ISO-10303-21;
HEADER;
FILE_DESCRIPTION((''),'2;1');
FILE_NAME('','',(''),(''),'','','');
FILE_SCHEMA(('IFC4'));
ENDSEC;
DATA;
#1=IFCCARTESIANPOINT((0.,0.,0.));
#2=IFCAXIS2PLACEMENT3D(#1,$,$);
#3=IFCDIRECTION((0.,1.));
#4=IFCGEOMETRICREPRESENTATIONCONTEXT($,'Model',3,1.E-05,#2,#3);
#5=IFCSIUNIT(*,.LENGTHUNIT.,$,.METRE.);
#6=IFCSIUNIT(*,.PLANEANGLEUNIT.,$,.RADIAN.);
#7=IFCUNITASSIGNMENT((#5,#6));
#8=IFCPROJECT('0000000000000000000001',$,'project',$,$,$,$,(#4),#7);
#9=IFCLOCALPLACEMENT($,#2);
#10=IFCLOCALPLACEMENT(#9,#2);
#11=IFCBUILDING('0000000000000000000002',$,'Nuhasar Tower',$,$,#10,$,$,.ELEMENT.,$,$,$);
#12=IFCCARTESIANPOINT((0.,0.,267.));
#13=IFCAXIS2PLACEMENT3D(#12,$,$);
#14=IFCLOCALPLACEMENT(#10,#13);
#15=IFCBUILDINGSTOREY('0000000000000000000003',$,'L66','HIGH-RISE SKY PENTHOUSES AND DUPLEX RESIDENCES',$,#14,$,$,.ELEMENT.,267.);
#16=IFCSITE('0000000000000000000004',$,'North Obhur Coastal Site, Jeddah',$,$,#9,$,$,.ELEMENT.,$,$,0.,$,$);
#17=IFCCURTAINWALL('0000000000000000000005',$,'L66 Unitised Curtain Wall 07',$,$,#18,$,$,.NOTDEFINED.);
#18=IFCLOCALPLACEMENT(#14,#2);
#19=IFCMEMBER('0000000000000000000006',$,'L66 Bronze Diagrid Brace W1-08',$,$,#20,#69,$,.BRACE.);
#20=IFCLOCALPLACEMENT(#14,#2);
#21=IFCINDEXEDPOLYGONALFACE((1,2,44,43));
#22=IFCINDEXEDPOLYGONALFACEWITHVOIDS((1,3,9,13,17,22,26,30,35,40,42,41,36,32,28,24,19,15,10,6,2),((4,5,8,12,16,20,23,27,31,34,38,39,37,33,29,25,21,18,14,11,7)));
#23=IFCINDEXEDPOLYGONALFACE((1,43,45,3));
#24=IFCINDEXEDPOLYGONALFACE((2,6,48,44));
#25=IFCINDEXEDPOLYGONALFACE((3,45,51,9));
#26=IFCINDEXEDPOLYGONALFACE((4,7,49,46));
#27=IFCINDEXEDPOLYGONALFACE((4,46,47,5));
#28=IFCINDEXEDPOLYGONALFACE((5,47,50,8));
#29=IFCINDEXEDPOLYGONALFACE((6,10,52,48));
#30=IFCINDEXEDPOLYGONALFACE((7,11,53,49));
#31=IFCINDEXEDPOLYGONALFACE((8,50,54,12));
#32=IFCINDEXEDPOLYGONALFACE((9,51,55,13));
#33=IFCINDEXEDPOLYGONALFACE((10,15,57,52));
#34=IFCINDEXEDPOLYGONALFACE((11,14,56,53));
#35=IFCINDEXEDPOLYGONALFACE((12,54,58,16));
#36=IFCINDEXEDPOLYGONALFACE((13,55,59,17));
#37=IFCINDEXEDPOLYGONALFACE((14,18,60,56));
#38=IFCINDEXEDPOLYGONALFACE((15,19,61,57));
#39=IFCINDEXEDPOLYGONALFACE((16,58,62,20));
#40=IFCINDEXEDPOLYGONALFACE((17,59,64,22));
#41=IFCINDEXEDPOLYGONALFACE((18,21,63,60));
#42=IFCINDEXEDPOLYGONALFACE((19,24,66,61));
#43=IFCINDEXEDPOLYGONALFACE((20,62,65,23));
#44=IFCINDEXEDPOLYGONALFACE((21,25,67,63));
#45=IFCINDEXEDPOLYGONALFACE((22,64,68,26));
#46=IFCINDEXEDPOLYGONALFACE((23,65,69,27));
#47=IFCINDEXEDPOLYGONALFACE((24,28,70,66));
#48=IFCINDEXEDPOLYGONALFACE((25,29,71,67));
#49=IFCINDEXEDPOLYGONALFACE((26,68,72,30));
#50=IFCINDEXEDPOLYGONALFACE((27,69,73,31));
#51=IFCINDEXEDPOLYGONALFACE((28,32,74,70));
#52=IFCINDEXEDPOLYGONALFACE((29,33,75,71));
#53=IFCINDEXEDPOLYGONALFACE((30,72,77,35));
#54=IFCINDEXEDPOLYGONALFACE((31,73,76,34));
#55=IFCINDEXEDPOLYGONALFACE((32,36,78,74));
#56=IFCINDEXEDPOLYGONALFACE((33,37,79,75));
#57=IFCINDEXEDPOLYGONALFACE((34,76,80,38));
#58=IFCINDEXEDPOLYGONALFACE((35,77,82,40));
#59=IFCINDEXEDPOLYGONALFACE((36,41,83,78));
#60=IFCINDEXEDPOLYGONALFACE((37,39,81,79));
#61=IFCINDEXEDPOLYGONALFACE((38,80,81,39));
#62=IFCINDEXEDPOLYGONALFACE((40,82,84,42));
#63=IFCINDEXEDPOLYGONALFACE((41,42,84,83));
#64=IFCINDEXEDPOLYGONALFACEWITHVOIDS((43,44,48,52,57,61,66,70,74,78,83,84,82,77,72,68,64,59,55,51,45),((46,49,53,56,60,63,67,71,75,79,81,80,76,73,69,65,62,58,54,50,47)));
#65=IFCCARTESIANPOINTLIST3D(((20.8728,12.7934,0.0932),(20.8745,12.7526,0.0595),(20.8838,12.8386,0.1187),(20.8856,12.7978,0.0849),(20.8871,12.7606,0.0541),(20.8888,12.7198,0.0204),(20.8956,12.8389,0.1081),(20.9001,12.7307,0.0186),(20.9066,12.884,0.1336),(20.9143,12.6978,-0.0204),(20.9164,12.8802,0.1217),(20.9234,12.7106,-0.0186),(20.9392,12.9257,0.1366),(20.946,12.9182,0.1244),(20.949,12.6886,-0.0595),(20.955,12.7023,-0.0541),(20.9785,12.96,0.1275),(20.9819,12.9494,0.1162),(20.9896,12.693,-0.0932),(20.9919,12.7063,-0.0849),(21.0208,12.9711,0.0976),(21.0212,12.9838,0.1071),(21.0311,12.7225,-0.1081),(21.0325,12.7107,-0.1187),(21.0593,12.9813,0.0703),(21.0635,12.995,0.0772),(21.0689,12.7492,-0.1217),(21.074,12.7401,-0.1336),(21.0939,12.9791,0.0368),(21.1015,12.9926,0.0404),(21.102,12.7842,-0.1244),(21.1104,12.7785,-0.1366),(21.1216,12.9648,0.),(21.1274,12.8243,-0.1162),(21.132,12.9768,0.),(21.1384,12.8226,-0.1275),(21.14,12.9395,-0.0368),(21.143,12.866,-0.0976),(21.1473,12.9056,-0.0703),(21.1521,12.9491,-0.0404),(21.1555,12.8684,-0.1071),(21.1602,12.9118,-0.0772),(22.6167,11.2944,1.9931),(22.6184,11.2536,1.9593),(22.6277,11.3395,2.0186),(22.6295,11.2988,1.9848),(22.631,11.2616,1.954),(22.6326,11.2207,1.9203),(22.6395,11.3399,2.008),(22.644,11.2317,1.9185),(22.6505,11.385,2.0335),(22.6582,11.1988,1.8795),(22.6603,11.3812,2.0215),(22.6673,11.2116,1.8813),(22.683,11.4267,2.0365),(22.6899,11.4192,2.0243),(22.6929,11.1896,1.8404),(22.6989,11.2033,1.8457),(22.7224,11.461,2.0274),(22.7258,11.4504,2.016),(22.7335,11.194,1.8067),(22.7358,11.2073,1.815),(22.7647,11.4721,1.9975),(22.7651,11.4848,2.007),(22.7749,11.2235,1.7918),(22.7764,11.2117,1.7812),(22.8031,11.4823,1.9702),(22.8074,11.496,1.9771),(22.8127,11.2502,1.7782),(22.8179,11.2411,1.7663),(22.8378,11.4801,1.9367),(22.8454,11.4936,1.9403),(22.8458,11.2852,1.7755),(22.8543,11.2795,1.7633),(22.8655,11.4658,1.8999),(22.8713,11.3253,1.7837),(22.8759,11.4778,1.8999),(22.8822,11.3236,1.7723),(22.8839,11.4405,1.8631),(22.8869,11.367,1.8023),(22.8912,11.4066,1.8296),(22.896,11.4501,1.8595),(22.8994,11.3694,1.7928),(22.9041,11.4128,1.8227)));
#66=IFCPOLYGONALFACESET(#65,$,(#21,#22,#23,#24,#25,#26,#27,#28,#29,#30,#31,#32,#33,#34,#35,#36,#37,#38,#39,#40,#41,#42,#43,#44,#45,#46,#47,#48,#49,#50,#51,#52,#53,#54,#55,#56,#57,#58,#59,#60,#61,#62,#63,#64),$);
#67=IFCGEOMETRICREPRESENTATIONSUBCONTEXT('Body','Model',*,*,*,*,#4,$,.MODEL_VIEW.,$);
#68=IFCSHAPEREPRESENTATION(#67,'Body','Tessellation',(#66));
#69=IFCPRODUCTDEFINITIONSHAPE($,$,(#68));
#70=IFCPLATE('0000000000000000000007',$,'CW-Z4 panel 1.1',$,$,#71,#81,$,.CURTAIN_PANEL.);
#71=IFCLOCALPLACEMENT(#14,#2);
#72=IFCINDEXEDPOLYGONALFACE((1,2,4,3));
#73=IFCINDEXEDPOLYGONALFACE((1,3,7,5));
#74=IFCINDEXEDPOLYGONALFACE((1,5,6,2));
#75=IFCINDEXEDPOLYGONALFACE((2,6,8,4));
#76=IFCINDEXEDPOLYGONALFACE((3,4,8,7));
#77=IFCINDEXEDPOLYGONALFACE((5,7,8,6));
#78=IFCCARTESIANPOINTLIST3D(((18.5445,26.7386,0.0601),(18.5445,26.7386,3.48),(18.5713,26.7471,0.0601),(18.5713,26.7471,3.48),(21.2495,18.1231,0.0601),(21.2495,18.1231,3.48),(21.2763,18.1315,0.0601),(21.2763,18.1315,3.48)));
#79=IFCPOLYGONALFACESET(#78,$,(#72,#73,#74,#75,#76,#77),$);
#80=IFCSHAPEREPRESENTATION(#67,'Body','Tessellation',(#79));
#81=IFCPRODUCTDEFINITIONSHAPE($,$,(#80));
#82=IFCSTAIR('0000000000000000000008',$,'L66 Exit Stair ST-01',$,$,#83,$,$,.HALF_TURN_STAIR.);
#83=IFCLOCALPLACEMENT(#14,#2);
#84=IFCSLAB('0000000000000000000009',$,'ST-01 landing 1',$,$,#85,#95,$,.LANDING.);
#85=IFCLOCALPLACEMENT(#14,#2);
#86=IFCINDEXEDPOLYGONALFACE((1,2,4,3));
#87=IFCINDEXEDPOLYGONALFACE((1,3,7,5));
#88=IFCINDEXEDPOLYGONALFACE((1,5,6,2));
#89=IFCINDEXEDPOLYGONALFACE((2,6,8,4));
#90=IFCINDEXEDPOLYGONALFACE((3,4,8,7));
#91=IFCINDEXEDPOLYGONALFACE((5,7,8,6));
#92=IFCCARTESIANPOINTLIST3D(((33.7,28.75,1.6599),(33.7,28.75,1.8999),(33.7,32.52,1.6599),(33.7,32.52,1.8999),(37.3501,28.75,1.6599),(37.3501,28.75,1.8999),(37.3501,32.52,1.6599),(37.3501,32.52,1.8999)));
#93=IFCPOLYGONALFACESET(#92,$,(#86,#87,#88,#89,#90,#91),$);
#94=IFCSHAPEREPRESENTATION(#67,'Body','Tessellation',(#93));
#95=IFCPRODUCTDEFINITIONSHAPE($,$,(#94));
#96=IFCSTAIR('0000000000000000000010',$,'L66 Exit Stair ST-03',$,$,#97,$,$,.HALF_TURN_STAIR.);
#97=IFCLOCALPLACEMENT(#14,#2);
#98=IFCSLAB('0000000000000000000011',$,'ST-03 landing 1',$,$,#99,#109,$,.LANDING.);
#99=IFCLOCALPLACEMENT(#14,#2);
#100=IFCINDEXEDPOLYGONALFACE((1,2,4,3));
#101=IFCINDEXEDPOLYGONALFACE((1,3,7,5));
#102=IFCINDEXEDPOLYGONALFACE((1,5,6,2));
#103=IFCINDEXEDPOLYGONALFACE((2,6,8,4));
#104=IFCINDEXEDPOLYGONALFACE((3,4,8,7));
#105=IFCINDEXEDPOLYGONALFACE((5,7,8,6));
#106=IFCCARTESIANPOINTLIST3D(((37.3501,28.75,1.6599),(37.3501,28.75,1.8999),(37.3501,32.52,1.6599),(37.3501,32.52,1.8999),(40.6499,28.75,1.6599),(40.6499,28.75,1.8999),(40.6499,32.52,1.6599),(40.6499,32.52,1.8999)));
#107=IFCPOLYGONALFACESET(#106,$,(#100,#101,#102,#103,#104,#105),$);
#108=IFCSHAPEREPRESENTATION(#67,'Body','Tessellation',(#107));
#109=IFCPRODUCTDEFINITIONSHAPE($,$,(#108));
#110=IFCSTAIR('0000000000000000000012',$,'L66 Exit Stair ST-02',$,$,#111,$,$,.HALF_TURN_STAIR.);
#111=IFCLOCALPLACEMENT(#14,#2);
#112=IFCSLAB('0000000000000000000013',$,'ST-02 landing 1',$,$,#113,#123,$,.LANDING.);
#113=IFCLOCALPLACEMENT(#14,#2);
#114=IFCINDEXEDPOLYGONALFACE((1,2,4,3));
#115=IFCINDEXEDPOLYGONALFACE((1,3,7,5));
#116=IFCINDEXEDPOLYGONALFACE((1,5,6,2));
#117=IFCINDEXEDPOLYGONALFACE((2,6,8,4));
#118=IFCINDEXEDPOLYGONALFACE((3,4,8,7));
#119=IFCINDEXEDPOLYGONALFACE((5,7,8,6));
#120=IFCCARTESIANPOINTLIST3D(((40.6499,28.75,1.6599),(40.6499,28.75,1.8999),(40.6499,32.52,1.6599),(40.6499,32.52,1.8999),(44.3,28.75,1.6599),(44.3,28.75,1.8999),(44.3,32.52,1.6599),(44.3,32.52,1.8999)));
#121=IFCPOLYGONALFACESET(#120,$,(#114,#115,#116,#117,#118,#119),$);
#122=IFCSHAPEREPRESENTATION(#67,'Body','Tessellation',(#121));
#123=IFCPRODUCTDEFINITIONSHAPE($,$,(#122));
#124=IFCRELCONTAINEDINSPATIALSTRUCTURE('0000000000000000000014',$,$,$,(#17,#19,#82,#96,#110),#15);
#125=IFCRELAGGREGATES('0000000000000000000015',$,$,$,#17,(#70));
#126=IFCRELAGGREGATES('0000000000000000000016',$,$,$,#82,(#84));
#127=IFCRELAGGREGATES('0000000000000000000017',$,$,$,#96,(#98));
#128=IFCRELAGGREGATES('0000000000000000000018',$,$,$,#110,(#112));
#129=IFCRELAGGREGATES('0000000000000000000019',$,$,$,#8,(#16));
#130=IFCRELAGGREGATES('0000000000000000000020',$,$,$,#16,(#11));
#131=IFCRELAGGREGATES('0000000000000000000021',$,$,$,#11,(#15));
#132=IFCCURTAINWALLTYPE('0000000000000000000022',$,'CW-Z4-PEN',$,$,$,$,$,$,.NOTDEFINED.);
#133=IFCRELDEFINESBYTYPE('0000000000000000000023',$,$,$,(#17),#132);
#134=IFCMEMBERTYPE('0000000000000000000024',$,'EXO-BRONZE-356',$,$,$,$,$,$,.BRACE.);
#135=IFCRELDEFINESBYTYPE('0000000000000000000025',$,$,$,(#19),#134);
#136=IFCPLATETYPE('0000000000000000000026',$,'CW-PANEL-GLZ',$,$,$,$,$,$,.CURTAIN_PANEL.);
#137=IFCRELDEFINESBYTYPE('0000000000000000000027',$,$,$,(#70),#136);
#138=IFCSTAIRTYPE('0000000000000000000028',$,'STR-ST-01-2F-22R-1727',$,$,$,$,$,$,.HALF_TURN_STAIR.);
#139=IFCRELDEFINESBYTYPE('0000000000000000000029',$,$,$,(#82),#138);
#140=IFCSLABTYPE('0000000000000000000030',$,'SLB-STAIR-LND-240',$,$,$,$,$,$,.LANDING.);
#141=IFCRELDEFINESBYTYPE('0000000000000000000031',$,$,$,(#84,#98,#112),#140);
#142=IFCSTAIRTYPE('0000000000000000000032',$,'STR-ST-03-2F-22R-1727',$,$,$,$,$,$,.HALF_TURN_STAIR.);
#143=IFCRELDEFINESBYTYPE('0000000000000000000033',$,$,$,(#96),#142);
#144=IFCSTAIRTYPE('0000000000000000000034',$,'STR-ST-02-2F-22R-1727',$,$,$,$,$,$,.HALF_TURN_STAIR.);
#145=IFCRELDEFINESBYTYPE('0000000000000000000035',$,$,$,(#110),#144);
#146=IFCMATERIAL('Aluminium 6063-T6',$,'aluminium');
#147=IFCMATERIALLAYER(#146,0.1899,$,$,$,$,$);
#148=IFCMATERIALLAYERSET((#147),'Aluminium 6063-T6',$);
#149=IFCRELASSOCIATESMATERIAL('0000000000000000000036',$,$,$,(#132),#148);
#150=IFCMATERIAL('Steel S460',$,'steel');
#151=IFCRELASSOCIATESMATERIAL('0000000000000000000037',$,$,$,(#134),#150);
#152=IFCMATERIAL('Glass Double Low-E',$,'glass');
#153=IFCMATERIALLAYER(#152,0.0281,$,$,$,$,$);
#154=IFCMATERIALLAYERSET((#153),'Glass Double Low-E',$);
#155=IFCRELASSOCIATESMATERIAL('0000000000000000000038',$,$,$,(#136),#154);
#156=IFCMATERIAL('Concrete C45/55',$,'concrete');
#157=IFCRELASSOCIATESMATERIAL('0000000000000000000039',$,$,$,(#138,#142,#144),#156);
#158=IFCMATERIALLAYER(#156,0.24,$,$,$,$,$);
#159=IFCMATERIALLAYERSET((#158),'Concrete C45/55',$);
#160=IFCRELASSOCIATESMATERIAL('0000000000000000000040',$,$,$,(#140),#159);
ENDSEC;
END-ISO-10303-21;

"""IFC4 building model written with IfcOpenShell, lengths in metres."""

from ifc_helpers import new_model, si_unit, direction, frame, origin, origin_2d, place, context, subcontext, project, spatial, polyline, rectangle, hollow_circle, outline, extrude, material, layer, layer_set, material_profile, profile_set, type_object, element, aggregate, save


model = new_model("IFC4")

# Units and contexts
model_context = context("Model", 3, precision=1e-05, world=origin(), true_north=direction((0.0, 1.0)))
body_context = subcontext(model_context, "Body", "Model", "MODEL_VIEW")
ifc_project = project(units=[si_unit("LENGTHUNIT", "METRE"), si_unit("PLANEANGLEUNIT", "RADIAN")], contexts=[model_context])

# Site, building, storey
site_placement = place(None, origin())
site = spatial("IfcSite", under=ifc_project, at=site_placement, Name="North Obhur Coastal Site, Jeddah", CompositionType="ELEMENT", RefElevation=0.0)
building_placement = place(site_placement, origin())
building = spatial("IfcBuilding", under=site, at=building_placement, Name="Nuhasar Tower", CompositionType="ELEMENT")
storey_placement = place(building_placement, frame((0.0, 0.0, 267.0)))
storey = spatial("IfcBuildingStorey", under=building, at=storey_placement, Name="L66", Description="HIGH-RISE SKY PENTHOUSES AND DUPLEX RESIDENCES", CompositionType="ELEMENT", Elevation=267.0)

# Curtain wall
ifc_material_1 = material(Name="Aluminium 6063-T6", Category="aluminium")
ifc_layer_1 = layer(ifc_material_1, 0.1899)
ifc_layer_set_1 = layer_set([ifc_layer_1], Name="Aluminium 6063-T6")
curtain_wall_type = type_object("IfcCurtainWallType", Name="CW-Z4-PEN", PredefinedType="NOTDEFINED", material=ifc_layer_set_1)
curtain_wall_1_placement = place(storey_placement, origin())
curtain_wall_1 = element("IfcCurtainWall", 1, at=curtain_wall_1_placement, inside=storey, type_object=curtain_wall_type, Name="L66 Unitised Curtain Wall 07", PredefinedType="NOTDEFINED")

# Member
ifc_material_2 = material(Name="Steel S460", Category="steel")
ifc_material_profile_1 = material_profile(ifc_material_2, hollow_circle(Radius=0.1777, WallThickness=0.0159, at=origin_2d()), Name="HSS355.6X15.9")
ifc_profile_set_1 = profile_set([ifc_material_profile_1], Name="Steel S460")
member_type_1 = type_object("IfcMemberType", Name="EXO-BRONZE-356", PredefinedType="BRACE", material=ifc_profile_set_1)
for number, where, z_axis, x_axis, name in (
    (2, (21.0161, 12.842, 0.0), (0.584625, -0.502534, 0.636925), (0.651857, 0.758342, 0.0), "L66 Bronze Diagrid Brace W1-08"),
):
    element("IfcMember", number, at=place(storey_placement, frame(where, z_axis=z_axis, x_axis=x_axis)), inside=storey, type_object=member_type_1, Name=name, PredefinedType="BRACE", context=body_context, shape_type="SweptSolid", body=[
        extrude(hollow_circle(Radius=0.1777, WallThickness=0.0159, at=origin_2d()), origin(), (0.0, 0.0, 1.0), 2.9829),
    ])

# Plate
ifc_material_3 = material(Name="Glass Double Low-E", Category="glass")
ifc_layer_2 = layer(ifc_material_3, 0.0281)
ifc_layer_set_2 = layer_set([ifc_layer_2], Name="Glass Double Low-E")
plate_type = type_object("IfcPlateType", Name="CW-PANEL-GLZ", PredefinedType="CURTAIN_PANEL", material=ifc_layer_set_2)
plate_placement = place(storey_placement, frame((19.9104, 22.4351, 0.0601), z_axis=(0.0, 0.0, 1.0), x_axis=(0.299557, -0.954079, 0.0)))
plate = element("IfcPlate", 3, at=plate_placement, type_object=plate_type, Name="CW-Z4 panel 1.1", PredefinedType="CURTAIN_PANEL", context=body_context, shape_type="SweptSolid", body=[
    extrude(rectangle(XDim=9.0303, YDim=0.0281, at=origin_2d()), origin(), (0.0, 0.0, 1.0), 3.4199),
])
aggregate(curtain_wall_1, [plate])

# Stairs, slabs
ifc_material_4 = material(Name="Concrete C45/55", Category="concrete")
stair_type_1 = type_object("IfcStairType", Name="STR-ST-01-2F-22R-1727", PredefinedType="HALF_TURN_STAIR", material=ifc_material_4)
stair_1_placement = place(storey_placement, origin())
stair_1 = element("IfcStair", 4, at=stair_1_placement, inside=storey, type_object=stair_type_1, Name="L66 Exit Stair ST-01", PredefinedType="HALF_TURN_STAIR")
ifc_layer_3 = layer(ifc_material_4, 0.24)
ifc_layer_set_3 = layer_set([ifc_layer_3], Name="Concrete C45/55")
slab_type_1 = type_object("IfcSlabType", Name="SLB-STAIR-LND-240", PredefinedType="LANDING", material=ifc_layer_set_3)
slab_1_placement = place(storey_placement, frame((0.0, 0.0, 1.6599)))
slab_1 = element("IfcSlab", 5, at=slab_1_placement, type_object=slab_type_1, Name="ST-01 landing 1", PredefinedType="LANDING", context=body_context, shape_type="SweptSolid", body=[
    extrude(outline(polyline([(33.7, 28.75), (37.3501, 28.75), (37.3501, 32.52), (33.7, 32.52), (33.7, 28.75)])), origin(), (0.0, 0.0, 1.0), 0.24),
])
aggregate(stair_1, [slab_1])
stair_type_2 = type_object("IfcStairType", Name="STR-ST-03-2F-22R-1727", PredefinedType="HALF_TURN_STAIR", material=ifc_material_4)
stair_2_placement = place(storey_placement, origin())
stair_2 = element("IfcStair", 6, at=stair_2_placement, inside=storey, type_object=stair_type_2, Name="L66 Exit Stair ST-03", PredefinedType="HALF_TURN_STAIR")
slab_2_placement = place(storey_placement, frame((0.0, 0.0, 1.6599)))
slab_2 = element("IfcSlab", 7, at=slab_2_placement, type_object=slab_type_1, Name="ST-03 landing 1", PredefinedType="LANDING", context=body_context, shape_type="SweptSolid", body=[
    extrude(outline(polyline([(37.3501, 28.75), (40.6499, 28.75), (40.6499, 32.52), (37.3501, 32.52), (37.3501, 28.75)])), origin(), (0.0, 0.0, 1.0), 0.24),
])
aggregate(stair_2, [slab_2])
stair_type_3 = type_object("IfcStairType", Name="STR-ST-02-2F-22R-1727", PredefinedType="HALF_TURN_STAIR", material=ifc_material_4)
stair_3_placement = place(storey_placement, origin())
stair_3 = element("IfcStair", 8, at=stair_3_placement, inside=storey, type_object=stair_type_3, Name="L66 Exit Stair ST-02", PredefinedType="HALF_TURN_STAIR")
slab_3_placement = place(storey_placement, frame((0.0, 0.0, 1.6599)))
slab_3 = element("IfcSlab", 9, at=slab_3_placement, type_object=slab_type_1, Name="ST-02 landing 1", PredefinedType="LANDING", context=body_context, shape_type="SweptSolid", body=[
    extrude(outline(polyline([(40.6499, 28.75), (44.3, 28.75), (44.3, 32.52), (40.6499, 32.52), (40.6499, 28.75)])), origin(), (0.0, 0.0, 1.0), 0.24),
])
aggregate(stair_3, [slab_3])

save(model, "model.ifc")
